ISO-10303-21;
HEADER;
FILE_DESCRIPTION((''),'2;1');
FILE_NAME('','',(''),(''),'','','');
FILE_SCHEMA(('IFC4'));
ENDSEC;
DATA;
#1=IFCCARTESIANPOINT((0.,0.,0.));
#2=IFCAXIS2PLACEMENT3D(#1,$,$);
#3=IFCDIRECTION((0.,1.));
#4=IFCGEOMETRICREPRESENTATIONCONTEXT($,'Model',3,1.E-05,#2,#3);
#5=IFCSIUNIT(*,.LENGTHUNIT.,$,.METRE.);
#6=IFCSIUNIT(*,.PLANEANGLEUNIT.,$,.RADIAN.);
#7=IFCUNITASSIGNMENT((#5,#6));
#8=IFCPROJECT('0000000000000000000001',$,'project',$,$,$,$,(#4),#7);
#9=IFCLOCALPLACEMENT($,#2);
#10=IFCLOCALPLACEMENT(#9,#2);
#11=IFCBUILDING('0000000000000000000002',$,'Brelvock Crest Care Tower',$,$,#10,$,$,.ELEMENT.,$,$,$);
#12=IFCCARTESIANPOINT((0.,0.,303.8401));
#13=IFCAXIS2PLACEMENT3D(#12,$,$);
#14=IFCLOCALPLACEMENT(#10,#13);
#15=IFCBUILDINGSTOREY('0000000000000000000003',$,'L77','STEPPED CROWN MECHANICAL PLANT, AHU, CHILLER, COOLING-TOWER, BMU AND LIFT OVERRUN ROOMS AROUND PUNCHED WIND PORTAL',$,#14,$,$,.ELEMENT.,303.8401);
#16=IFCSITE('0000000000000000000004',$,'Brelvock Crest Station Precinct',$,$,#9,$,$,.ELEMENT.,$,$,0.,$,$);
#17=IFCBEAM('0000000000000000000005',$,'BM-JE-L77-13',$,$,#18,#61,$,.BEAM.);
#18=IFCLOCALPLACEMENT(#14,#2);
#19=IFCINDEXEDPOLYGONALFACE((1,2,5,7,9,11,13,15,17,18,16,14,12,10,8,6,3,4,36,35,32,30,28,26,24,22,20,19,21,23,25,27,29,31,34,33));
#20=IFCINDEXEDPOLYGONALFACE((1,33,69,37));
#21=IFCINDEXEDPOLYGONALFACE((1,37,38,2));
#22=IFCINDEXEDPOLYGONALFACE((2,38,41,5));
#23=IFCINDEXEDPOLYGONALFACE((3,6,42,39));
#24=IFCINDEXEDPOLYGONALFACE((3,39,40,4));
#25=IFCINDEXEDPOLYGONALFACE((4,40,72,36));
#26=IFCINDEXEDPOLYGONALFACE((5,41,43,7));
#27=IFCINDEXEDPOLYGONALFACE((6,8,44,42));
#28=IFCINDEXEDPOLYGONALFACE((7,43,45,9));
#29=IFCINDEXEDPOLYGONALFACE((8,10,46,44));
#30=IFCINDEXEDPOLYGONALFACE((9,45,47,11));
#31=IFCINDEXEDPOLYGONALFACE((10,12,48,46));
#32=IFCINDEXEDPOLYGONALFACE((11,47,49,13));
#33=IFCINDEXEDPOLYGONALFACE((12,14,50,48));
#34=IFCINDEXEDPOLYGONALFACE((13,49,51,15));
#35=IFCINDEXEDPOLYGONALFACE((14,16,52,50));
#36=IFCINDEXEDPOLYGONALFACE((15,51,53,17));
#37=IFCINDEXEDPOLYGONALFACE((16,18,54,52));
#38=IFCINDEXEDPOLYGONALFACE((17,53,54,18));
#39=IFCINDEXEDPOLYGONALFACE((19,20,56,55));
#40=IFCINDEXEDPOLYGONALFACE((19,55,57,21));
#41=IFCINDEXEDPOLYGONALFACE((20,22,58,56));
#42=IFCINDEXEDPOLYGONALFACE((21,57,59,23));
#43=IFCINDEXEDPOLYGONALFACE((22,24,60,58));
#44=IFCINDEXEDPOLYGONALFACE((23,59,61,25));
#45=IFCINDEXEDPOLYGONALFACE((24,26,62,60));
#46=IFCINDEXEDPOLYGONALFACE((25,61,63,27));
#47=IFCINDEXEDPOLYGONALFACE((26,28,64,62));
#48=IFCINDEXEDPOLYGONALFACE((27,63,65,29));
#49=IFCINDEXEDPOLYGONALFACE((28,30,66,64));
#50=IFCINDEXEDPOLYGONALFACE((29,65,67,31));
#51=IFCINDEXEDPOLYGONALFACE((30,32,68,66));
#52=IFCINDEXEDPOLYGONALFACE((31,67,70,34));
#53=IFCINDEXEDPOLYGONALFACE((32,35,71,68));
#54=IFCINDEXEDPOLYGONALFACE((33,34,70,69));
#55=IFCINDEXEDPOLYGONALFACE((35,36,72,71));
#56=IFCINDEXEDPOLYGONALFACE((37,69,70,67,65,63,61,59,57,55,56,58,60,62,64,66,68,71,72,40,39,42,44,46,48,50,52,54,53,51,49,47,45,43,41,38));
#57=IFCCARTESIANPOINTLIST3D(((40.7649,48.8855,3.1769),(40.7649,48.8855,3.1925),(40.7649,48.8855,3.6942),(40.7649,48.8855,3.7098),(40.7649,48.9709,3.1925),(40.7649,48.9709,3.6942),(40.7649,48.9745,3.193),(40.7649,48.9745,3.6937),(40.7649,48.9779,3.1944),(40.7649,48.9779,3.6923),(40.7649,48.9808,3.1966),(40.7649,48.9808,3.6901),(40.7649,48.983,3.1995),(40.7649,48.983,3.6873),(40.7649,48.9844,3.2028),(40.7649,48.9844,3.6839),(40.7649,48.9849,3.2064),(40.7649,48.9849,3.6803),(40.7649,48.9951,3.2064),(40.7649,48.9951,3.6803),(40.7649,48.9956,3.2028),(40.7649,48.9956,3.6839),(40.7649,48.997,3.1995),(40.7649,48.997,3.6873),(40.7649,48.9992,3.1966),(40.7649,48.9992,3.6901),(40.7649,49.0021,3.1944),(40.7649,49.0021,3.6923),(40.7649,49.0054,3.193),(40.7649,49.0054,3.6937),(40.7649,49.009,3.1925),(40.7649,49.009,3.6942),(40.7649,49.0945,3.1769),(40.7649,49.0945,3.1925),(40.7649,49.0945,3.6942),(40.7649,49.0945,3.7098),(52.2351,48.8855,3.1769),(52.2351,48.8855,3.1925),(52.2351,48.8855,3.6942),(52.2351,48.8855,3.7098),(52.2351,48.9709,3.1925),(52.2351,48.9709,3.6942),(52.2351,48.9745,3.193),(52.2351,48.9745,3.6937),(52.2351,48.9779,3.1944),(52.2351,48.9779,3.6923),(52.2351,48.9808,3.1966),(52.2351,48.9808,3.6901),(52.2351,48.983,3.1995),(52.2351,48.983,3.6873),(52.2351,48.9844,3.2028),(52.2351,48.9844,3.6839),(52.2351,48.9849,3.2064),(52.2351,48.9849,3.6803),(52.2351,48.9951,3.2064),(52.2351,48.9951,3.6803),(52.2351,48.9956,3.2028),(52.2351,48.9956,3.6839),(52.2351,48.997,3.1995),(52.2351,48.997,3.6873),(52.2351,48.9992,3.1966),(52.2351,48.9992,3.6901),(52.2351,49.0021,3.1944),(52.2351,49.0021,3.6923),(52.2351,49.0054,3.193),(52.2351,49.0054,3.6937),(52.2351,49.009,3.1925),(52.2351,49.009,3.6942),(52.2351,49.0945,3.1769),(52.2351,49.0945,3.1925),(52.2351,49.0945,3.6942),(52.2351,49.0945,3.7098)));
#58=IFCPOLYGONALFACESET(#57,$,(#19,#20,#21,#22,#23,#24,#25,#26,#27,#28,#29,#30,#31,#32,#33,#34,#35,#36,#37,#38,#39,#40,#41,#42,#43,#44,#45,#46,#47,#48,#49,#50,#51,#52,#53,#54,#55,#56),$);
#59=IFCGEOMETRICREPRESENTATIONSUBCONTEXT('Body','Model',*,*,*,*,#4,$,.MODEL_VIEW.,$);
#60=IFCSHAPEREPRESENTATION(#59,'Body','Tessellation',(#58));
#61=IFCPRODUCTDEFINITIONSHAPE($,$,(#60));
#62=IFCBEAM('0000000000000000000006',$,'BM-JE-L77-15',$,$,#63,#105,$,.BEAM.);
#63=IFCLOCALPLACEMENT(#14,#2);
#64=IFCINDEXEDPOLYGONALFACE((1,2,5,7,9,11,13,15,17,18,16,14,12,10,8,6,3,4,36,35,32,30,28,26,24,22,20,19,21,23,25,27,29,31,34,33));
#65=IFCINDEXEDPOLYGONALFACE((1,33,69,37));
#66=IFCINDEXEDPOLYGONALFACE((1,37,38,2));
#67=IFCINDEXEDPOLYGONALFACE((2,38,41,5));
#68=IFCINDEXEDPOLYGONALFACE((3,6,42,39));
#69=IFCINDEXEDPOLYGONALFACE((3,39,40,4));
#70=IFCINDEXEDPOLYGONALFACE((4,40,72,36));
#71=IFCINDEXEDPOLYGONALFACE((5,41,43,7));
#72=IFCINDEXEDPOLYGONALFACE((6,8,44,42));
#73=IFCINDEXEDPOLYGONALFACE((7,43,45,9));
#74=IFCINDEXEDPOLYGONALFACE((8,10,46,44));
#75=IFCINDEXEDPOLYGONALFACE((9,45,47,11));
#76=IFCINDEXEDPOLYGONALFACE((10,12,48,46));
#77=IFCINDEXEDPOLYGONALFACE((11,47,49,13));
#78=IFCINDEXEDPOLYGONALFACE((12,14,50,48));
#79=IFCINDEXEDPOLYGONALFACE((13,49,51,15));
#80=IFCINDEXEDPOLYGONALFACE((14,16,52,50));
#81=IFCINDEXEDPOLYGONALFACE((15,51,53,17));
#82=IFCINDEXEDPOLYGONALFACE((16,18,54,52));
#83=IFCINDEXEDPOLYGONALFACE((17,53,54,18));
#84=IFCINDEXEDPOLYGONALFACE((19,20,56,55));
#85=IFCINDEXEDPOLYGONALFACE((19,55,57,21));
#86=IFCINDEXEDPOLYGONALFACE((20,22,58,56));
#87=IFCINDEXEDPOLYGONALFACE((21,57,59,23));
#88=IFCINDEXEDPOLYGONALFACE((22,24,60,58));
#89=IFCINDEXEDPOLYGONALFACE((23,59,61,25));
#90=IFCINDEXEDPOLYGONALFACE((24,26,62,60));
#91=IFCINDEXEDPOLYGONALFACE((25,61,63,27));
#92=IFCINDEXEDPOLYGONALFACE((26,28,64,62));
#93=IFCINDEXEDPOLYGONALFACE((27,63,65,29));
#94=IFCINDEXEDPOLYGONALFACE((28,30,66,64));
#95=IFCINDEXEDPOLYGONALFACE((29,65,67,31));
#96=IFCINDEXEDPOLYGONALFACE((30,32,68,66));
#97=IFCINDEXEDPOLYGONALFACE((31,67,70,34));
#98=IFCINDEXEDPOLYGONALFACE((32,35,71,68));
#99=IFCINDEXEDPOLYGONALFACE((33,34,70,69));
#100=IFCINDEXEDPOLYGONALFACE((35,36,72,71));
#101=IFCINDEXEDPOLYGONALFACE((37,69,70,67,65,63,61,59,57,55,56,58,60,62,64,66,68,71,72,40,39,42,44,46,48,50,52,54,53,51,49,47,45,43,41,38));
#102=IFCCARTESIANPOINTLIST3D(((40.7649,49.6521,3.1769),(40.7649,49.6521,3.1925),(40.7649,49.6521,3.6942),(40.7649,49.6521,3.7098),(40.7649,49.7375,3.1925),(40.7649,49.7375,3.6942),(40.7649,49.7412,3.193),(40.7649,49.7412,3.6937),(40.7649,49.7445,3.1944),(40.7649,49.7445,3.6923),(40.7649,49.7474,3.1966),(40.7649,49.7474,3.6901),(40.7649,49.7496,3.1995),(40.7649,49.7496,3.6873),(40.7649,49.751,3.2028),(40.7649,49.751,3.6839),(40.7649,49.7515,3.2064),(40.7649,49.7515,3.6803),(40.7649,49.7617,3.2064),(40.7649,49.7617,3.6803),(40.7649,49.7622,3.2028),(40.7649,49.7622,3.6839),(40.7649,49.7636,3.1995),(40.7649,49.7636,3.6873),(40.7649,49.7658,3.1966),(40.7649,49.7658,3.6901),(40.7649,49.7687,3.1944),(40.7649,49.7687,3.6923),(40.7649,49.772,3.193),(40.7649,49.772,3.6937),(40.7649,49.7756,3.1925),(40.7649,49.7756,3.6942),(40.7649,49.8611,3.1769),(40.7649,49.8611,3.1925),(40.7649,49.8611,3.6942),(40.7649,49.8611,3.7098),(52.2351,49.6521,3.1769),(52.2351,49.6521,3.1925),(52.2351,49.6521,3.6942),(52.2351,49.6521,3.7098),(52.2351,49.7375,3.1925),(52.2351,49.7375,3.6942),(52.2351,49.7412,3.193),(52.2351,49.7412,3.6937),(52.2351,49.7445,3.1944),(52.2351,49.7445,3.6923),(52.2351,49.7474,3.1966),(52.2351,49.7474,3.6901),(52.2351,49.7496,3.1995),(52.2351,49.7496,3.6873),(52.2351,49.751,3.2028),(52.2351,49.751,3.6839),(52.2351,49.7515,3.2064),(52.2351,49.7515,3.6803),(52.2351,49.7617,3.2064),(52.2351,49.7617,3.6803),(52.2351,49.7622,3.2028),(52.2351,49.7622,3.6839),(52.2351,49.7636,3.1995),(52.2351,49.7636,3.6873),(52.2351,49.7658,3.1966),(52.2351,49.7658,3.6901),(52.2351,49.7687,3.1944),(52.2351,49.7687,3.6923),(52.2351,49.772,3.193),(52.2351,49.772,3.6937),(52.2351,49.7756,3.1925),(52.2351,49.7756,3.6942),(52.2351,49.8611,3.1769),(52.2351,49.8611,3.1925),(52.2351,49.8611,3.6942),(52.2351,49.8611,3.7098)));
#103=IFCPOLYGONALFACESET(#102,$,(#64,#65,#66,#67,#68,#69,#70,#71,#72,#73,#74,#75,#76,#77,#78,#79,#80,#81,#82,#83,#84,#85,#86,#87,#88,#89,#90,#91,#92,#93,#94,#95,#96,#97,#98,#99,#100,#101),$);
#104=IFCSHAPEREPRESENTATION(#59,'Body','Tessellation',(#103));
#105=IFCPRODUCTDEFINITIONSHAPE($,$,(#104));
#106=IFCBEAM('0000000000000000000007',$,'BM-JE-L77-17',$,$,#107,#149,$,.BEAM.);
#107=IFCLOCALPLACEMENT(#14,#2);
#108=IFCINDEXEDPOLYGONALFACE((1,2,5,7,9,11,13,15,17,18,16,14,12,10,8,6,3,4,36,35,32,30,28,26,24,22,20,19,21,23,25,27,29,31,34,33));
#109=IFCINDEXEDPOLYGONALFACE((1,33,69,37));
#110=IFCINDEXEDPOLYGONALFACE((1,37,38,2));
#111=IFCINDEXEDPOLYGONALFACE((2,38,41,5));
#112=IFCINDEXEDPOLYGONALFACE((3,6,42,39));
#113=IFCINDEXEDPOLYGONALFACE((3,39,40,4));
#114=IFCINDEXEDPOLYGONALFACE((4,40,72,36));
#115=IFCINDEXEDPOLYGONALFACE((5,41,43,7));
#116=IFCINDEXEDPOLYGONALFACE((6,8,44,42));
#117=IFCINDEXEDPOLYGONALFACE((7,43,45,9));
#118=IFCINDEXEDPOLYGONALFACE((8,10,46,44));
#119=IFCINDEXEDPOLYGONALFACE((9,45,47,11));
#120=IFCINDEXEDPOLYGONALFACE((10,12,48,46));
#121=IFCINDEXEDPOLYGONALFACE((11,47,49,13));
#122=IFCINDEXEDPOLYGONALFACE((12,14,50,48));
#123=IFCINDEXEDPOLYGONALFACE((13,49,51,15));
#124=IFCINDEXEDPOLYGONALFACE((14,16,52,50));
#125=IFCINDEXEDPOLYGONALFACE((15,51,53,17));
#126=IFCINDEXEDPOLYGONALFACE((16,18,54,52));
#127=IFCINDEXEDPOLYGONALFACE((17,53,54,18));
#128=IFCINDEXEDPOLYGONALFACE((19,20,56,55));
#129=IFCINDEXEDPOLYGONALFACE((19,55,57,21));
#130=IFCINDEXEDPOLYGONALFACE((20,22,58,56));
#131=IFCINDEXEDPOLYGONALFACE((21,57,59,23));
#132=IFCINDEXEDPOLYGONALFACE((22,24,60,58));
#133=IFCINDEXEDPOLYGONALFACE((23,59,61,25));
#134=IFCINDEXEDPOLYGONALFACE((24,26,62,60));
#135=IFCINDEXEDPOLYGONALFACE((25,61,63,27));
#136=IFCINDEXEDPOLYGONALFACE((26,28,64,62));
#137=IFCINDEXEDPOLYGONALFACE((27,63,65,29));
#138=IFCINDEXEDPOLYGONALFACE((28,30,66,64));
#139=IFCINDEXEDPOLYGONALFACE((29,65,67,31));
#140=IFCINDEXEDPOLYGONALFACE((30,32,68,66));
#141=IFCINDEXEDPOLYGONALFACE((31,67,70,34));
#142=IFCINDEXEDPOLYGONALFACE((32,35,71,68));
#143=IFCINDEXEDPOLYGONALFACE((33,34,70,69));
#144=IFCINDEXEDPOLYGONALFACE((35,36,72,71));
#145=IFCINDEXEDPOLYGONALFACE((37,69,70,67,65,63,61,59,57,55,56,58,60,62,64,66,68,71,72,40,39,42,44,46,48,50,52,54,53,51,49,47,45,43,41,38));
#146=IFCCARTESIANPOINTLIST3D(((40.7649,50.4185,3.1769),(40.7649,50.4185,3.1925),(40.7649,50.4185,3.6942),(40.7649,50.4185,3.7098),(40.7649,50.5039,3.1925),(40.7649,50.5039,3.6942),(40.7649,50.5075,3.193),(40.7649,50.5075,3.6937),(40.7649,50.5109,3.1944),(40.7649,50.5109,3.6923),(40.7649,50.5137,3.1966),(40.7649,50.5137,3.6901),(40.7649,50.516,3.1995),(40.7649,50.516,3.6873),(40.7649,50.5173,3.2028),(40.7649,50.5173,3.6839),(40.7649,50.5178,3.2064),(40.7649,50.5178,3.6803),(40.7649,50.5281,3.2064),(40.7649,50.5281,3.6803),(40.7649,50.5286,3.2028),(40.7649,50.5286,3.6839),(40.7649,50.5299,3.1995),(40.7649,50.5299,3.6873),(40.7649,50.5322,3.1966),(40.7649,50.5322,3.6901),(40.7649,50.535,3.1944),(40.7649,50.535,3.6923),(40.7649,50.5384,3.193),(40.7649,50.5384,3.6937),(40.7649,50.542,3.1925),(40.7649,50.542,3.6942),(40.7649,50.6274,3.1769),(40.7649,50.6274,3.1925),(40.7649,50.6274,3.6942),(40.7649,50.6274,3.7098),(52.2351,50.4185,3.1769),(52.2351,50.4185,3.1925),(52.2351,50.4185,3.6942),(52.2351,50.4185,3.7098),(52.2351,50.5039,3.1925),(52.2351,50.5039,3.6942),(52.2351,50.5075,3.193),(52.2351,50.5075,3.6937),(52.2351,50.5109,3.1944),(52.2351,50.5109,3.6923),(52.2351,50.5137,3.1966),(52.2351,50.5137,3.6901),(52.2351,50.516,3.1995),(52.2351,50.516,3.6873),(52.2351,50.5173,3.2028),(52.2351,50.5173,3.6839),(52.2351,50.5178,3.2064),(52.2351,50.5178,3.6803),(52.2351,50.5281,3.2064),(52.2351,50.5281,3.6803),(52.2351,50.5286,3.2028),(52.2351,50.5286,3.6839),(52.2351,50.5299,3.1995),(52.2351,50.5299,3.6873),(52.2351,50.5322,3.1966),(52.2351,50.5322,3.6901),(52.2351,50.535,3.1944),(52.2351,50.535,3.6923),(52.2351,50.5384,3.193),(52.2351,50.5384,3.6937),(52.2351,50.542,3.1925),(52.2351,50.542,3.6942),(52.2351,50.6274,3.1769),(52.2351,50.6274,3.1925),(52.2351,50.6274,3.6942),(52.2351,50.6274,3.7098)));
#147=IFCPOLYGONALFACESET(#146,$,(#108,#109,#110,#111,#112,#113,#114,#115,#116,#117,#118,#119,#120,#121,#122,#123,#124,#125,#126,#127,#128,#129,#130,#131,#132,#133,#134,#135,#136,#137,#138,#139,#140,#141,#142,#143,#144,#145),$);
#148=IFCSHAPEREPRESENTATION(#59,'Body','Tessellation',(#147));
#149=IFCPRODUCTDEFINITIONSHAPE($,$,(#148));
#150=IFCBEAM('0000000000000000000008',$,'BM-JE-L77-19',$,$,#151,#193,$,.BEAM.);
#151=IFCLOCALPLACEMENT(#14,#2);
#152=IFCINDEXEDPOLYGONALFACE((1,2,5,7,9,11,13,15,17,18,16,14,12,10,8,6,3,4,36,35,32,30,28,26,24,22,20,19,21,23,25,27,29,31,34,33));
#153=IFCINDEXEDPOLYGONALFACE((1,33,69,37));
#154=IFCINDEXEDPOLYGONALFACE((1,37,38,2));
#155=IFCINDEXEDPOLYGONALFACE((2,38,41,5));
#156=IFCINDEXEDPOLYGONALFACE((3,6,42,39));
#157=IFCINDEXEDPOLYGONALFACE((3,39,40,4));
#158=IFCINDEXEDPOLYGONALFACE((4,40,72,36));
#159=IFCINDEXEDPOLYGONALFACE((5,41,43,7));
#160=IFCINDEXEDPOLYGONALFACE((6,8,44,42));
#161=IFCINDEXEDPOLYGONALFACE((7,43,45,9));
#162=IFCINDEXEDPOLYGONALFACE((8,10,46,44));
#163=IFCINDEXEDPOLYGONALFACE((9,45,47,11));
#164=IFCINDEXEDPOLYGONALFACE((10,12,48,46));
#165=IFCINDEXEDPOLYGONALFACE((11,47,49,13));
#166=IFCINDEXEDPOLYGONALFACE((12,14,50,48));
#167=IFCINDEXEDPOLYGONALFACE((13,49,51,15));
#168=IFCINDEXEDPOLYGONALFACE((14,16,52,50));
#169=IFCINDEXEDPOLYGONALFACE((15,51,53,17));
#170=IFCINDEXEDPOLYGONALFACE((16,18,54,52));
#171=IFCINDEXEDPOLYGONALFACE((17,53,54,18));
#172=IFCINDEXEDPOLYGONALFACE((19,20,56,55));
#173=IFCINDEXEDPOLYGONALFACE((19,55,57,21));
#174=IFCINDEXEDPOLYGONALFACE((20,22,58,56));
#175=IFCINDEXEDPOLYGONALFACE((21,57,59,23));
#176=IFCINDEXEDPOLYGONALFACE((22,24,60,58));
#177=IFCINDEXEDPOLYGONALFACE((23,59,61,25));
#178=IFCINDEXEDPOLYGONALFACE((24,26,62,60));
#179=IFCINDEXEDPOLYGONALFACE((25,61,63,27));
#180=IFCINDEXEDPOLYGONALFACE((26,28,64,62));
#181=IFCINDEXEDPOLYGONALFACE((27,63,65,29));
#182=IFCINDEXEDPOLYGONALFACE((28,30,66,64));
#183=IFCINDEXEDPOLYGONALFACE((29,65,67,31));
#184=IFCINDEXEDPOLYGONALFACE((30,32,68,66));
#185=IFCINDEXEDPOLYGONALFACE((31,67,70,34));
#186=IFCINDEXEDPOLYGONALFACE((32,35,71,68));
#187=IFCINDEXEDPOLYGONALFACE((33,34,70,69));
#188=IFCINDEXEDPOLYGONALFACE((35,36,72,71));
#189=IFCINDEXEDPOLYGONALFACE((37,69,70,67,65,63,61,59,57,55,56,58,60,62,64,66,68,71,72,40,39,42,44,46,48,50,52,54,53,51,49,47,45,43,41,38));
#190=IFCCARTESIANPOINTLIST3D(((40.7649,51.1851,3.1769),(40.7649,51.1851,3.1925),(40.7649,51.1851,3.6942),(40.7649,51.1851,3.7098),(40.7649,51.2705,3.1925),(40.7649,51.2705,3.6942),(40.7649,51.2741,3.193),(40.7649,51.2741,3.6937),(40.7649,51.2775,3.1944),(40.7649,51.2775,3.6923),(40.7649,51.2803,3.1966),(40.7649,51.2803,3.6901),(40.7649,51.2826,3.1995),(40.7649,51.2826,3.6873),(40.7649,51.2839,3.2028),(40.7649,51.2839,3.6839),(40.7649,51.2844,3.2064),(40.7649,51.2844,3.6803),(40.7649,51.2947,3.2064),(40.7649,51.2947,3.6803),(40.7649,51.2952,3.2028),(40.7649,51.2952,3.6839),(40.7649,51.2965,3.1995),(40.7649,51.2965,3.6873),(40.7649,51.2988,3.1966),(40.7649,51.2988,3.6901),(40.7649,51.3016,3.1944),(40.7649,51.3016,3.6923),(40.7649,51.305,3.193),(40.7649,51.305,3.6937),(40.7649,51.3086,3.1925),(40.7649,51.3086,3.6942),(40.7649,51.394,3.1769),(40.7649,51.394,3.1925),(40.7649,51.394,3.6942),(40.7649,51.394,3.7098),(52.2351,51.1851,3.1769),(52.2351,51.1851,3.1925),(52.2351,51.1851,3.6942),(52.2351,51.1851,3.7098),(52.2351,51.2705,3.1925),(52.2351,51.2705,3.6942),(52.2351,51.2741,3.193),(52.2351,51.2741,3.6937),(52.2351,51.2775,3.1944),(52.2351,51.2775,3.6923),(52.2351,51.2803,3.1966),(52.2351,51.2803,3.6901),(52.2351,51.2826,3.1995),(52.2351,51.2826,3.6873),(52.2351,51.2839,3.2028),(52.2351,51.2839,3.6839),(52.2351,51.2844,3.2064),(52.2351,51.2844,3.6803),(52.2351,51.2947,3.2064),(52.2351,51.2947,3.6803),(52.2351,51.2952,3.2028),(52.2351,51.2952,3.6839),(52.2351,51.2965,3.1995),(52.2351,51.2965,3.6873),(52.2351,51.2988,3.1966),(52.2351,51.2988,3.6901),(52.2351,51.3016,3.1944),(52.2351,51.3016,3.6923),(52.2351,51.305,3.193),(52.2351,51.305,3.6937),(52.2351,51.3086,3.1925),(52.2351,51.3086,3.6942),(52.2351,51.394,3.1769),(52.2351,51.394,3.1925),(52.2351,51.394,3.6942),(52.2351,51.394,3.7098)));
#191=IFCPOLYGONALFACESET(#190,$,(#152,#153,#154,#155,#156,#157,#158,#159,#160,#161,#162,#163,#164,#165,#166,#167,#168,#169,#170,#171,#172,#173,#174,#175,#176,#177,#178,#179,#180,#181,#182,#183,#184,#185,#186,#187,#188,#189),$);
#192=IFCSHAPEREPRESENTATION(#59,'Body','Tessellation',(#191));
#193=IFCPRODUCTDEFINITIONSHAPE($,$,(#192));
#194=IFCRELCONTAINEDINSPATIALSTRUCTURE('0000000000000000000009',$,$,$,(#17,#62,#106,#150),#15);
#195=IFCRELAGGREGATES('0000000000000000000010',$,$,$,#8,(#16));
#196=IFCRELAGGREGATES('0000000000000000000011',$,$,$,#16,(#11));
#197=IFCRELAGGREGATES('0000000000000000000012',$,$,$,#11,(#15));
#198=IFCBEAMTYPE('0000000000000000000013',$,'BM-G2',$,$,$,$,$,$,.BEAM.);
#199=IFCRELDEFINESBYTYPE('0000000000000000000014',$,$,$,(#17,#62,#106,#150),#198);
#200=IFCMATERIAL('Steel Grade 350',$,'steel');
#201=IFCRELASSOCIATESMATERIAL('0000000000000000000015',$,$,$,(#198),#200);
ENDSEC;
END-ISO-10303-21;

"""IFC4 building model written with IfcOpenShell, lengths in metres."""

from ifc_helpers import new_model, si_unit, direction, frame, origin, origin_2d, place, context, subcontext, project, spatial, i_section, extrude, source, transform, mapped, material, material_profile, profile_set, type_object, element, save


model = new_model("IFC4")

# Units and contexts
model_context = context("Model", 3, precision=1e-05, world=origin(), true_north=direction((0.0, 1.0)))
body_context = subcontext(model_context, "Body", "Model", "MODEL_VIEW")
ifc_project = project(units=[si_unit("LENGTHUNIT", "METRE"), si_unit("PLANEANGLEUNIT", "RADIAN")], contexts=[model_context])

# Site, building, storey
site_placement = place(None, origin())
site = spatial("IfcSite", under=ifc_project, at=site_placement, Name="Brelvock Crest Station Precinct", CompositionType="ELEMENT", RefElevation=0.0)
building_placement = place(site_placement, origin())
building = spatial("IfcBuilding", under=site, at=building_placement, Name="Brelvock Crest Care Tower", CompositionType="ELEMENT")
storey_placement = place(building_placement, frame((0.0, 0.0, 303.8401)))
storey = spatial("IfcBuildingStorey", under=building, at=storey_placement, Name="L77", Description="STEPPED CROWN MECHANICAL PLANT, AHU, CHILLER, COOLING-TOWER, BMU AND LIFT OVERRUN ROOMS AROUND PUNCHED WIND PORTAL", CompositionType="ELEMENT", Elevation=303.8401)

# Shared definitions
ifc_material_1 = material(Name="Steel Grade 350", Category="steel")

# Beams
ifc_material_profile_1 = material_profile(ifc_material_1, i_section(OverallWidth=0.209, OverallDepth=0.533, WebThickness=0.0103, FlangeThickness=0.0156, FilletRadius=0.0139, at=origin_2d()), Name="530UB92.4")
ifc_profile_set_1 = profile_set([ifc_material_profile_1], Name="Steel Grade 350")
beam_type_1 = type_object("IfcBeamType", Name="BM-G2", PredefinedType="BEAM", material=ifc_profile_set_1)
shared_shape_1 = source(origin(), body_context, "Body", "SweptSolid", [
    extrude(i_section(OverallWidth=0.209, OverallDepth=0.533, WebThickness=0.0103, FlangeThickness=0.0156, FilletRadius=0.0139, at=origin_2d()), origin(), (0.0, 0.0, 1.0), 11.4702),
])
for number, where, z_axis, x_axis, name in (
    (1, (40.7649, 48.99, 3.4434), (1.0, 0.0, 0.0), (0.0, 1.0, 0.0), "BM-JE-L77-13"),
    (2, (40.7649, 49.7566, 3.4434), (1.0, 0.0, 0.0), (0.0, 1.0, 0.0), "BM-JE-L77-15"),
    (3, (40.7649, 50.5229, 3.4434), (1.0, 0.0, 0.0), (0.0, 1.0, 0.0), "BM-JE-L77-17"),
    (4, (40.7649, 51.2896, 3.4434), (1.0, 0.0, 0.0), (0.0, 1.0, 0.0), "BM-JE-L77-19"),
):
    element("IfcBeam", number, at=place(storey_placement, frame(where, z_axis=z_axis, x_axis=x_axis)), inside=storey, type_object=beam_type_1, Name=name, PredefinedType="BEAM", context=body_context, shape_type="MappedRepresentation", body=[
        mapped(shared_shape_1, transform((0.0, 0.0, 0.0), x_axis=(1.0, 0.0, 0.0), y_axis=(0.0, 1.0, 0.0), z_axis=(0.0, 0.0, 1.0), scale=1.0)),
    ])

save(model, "model.ifc")
